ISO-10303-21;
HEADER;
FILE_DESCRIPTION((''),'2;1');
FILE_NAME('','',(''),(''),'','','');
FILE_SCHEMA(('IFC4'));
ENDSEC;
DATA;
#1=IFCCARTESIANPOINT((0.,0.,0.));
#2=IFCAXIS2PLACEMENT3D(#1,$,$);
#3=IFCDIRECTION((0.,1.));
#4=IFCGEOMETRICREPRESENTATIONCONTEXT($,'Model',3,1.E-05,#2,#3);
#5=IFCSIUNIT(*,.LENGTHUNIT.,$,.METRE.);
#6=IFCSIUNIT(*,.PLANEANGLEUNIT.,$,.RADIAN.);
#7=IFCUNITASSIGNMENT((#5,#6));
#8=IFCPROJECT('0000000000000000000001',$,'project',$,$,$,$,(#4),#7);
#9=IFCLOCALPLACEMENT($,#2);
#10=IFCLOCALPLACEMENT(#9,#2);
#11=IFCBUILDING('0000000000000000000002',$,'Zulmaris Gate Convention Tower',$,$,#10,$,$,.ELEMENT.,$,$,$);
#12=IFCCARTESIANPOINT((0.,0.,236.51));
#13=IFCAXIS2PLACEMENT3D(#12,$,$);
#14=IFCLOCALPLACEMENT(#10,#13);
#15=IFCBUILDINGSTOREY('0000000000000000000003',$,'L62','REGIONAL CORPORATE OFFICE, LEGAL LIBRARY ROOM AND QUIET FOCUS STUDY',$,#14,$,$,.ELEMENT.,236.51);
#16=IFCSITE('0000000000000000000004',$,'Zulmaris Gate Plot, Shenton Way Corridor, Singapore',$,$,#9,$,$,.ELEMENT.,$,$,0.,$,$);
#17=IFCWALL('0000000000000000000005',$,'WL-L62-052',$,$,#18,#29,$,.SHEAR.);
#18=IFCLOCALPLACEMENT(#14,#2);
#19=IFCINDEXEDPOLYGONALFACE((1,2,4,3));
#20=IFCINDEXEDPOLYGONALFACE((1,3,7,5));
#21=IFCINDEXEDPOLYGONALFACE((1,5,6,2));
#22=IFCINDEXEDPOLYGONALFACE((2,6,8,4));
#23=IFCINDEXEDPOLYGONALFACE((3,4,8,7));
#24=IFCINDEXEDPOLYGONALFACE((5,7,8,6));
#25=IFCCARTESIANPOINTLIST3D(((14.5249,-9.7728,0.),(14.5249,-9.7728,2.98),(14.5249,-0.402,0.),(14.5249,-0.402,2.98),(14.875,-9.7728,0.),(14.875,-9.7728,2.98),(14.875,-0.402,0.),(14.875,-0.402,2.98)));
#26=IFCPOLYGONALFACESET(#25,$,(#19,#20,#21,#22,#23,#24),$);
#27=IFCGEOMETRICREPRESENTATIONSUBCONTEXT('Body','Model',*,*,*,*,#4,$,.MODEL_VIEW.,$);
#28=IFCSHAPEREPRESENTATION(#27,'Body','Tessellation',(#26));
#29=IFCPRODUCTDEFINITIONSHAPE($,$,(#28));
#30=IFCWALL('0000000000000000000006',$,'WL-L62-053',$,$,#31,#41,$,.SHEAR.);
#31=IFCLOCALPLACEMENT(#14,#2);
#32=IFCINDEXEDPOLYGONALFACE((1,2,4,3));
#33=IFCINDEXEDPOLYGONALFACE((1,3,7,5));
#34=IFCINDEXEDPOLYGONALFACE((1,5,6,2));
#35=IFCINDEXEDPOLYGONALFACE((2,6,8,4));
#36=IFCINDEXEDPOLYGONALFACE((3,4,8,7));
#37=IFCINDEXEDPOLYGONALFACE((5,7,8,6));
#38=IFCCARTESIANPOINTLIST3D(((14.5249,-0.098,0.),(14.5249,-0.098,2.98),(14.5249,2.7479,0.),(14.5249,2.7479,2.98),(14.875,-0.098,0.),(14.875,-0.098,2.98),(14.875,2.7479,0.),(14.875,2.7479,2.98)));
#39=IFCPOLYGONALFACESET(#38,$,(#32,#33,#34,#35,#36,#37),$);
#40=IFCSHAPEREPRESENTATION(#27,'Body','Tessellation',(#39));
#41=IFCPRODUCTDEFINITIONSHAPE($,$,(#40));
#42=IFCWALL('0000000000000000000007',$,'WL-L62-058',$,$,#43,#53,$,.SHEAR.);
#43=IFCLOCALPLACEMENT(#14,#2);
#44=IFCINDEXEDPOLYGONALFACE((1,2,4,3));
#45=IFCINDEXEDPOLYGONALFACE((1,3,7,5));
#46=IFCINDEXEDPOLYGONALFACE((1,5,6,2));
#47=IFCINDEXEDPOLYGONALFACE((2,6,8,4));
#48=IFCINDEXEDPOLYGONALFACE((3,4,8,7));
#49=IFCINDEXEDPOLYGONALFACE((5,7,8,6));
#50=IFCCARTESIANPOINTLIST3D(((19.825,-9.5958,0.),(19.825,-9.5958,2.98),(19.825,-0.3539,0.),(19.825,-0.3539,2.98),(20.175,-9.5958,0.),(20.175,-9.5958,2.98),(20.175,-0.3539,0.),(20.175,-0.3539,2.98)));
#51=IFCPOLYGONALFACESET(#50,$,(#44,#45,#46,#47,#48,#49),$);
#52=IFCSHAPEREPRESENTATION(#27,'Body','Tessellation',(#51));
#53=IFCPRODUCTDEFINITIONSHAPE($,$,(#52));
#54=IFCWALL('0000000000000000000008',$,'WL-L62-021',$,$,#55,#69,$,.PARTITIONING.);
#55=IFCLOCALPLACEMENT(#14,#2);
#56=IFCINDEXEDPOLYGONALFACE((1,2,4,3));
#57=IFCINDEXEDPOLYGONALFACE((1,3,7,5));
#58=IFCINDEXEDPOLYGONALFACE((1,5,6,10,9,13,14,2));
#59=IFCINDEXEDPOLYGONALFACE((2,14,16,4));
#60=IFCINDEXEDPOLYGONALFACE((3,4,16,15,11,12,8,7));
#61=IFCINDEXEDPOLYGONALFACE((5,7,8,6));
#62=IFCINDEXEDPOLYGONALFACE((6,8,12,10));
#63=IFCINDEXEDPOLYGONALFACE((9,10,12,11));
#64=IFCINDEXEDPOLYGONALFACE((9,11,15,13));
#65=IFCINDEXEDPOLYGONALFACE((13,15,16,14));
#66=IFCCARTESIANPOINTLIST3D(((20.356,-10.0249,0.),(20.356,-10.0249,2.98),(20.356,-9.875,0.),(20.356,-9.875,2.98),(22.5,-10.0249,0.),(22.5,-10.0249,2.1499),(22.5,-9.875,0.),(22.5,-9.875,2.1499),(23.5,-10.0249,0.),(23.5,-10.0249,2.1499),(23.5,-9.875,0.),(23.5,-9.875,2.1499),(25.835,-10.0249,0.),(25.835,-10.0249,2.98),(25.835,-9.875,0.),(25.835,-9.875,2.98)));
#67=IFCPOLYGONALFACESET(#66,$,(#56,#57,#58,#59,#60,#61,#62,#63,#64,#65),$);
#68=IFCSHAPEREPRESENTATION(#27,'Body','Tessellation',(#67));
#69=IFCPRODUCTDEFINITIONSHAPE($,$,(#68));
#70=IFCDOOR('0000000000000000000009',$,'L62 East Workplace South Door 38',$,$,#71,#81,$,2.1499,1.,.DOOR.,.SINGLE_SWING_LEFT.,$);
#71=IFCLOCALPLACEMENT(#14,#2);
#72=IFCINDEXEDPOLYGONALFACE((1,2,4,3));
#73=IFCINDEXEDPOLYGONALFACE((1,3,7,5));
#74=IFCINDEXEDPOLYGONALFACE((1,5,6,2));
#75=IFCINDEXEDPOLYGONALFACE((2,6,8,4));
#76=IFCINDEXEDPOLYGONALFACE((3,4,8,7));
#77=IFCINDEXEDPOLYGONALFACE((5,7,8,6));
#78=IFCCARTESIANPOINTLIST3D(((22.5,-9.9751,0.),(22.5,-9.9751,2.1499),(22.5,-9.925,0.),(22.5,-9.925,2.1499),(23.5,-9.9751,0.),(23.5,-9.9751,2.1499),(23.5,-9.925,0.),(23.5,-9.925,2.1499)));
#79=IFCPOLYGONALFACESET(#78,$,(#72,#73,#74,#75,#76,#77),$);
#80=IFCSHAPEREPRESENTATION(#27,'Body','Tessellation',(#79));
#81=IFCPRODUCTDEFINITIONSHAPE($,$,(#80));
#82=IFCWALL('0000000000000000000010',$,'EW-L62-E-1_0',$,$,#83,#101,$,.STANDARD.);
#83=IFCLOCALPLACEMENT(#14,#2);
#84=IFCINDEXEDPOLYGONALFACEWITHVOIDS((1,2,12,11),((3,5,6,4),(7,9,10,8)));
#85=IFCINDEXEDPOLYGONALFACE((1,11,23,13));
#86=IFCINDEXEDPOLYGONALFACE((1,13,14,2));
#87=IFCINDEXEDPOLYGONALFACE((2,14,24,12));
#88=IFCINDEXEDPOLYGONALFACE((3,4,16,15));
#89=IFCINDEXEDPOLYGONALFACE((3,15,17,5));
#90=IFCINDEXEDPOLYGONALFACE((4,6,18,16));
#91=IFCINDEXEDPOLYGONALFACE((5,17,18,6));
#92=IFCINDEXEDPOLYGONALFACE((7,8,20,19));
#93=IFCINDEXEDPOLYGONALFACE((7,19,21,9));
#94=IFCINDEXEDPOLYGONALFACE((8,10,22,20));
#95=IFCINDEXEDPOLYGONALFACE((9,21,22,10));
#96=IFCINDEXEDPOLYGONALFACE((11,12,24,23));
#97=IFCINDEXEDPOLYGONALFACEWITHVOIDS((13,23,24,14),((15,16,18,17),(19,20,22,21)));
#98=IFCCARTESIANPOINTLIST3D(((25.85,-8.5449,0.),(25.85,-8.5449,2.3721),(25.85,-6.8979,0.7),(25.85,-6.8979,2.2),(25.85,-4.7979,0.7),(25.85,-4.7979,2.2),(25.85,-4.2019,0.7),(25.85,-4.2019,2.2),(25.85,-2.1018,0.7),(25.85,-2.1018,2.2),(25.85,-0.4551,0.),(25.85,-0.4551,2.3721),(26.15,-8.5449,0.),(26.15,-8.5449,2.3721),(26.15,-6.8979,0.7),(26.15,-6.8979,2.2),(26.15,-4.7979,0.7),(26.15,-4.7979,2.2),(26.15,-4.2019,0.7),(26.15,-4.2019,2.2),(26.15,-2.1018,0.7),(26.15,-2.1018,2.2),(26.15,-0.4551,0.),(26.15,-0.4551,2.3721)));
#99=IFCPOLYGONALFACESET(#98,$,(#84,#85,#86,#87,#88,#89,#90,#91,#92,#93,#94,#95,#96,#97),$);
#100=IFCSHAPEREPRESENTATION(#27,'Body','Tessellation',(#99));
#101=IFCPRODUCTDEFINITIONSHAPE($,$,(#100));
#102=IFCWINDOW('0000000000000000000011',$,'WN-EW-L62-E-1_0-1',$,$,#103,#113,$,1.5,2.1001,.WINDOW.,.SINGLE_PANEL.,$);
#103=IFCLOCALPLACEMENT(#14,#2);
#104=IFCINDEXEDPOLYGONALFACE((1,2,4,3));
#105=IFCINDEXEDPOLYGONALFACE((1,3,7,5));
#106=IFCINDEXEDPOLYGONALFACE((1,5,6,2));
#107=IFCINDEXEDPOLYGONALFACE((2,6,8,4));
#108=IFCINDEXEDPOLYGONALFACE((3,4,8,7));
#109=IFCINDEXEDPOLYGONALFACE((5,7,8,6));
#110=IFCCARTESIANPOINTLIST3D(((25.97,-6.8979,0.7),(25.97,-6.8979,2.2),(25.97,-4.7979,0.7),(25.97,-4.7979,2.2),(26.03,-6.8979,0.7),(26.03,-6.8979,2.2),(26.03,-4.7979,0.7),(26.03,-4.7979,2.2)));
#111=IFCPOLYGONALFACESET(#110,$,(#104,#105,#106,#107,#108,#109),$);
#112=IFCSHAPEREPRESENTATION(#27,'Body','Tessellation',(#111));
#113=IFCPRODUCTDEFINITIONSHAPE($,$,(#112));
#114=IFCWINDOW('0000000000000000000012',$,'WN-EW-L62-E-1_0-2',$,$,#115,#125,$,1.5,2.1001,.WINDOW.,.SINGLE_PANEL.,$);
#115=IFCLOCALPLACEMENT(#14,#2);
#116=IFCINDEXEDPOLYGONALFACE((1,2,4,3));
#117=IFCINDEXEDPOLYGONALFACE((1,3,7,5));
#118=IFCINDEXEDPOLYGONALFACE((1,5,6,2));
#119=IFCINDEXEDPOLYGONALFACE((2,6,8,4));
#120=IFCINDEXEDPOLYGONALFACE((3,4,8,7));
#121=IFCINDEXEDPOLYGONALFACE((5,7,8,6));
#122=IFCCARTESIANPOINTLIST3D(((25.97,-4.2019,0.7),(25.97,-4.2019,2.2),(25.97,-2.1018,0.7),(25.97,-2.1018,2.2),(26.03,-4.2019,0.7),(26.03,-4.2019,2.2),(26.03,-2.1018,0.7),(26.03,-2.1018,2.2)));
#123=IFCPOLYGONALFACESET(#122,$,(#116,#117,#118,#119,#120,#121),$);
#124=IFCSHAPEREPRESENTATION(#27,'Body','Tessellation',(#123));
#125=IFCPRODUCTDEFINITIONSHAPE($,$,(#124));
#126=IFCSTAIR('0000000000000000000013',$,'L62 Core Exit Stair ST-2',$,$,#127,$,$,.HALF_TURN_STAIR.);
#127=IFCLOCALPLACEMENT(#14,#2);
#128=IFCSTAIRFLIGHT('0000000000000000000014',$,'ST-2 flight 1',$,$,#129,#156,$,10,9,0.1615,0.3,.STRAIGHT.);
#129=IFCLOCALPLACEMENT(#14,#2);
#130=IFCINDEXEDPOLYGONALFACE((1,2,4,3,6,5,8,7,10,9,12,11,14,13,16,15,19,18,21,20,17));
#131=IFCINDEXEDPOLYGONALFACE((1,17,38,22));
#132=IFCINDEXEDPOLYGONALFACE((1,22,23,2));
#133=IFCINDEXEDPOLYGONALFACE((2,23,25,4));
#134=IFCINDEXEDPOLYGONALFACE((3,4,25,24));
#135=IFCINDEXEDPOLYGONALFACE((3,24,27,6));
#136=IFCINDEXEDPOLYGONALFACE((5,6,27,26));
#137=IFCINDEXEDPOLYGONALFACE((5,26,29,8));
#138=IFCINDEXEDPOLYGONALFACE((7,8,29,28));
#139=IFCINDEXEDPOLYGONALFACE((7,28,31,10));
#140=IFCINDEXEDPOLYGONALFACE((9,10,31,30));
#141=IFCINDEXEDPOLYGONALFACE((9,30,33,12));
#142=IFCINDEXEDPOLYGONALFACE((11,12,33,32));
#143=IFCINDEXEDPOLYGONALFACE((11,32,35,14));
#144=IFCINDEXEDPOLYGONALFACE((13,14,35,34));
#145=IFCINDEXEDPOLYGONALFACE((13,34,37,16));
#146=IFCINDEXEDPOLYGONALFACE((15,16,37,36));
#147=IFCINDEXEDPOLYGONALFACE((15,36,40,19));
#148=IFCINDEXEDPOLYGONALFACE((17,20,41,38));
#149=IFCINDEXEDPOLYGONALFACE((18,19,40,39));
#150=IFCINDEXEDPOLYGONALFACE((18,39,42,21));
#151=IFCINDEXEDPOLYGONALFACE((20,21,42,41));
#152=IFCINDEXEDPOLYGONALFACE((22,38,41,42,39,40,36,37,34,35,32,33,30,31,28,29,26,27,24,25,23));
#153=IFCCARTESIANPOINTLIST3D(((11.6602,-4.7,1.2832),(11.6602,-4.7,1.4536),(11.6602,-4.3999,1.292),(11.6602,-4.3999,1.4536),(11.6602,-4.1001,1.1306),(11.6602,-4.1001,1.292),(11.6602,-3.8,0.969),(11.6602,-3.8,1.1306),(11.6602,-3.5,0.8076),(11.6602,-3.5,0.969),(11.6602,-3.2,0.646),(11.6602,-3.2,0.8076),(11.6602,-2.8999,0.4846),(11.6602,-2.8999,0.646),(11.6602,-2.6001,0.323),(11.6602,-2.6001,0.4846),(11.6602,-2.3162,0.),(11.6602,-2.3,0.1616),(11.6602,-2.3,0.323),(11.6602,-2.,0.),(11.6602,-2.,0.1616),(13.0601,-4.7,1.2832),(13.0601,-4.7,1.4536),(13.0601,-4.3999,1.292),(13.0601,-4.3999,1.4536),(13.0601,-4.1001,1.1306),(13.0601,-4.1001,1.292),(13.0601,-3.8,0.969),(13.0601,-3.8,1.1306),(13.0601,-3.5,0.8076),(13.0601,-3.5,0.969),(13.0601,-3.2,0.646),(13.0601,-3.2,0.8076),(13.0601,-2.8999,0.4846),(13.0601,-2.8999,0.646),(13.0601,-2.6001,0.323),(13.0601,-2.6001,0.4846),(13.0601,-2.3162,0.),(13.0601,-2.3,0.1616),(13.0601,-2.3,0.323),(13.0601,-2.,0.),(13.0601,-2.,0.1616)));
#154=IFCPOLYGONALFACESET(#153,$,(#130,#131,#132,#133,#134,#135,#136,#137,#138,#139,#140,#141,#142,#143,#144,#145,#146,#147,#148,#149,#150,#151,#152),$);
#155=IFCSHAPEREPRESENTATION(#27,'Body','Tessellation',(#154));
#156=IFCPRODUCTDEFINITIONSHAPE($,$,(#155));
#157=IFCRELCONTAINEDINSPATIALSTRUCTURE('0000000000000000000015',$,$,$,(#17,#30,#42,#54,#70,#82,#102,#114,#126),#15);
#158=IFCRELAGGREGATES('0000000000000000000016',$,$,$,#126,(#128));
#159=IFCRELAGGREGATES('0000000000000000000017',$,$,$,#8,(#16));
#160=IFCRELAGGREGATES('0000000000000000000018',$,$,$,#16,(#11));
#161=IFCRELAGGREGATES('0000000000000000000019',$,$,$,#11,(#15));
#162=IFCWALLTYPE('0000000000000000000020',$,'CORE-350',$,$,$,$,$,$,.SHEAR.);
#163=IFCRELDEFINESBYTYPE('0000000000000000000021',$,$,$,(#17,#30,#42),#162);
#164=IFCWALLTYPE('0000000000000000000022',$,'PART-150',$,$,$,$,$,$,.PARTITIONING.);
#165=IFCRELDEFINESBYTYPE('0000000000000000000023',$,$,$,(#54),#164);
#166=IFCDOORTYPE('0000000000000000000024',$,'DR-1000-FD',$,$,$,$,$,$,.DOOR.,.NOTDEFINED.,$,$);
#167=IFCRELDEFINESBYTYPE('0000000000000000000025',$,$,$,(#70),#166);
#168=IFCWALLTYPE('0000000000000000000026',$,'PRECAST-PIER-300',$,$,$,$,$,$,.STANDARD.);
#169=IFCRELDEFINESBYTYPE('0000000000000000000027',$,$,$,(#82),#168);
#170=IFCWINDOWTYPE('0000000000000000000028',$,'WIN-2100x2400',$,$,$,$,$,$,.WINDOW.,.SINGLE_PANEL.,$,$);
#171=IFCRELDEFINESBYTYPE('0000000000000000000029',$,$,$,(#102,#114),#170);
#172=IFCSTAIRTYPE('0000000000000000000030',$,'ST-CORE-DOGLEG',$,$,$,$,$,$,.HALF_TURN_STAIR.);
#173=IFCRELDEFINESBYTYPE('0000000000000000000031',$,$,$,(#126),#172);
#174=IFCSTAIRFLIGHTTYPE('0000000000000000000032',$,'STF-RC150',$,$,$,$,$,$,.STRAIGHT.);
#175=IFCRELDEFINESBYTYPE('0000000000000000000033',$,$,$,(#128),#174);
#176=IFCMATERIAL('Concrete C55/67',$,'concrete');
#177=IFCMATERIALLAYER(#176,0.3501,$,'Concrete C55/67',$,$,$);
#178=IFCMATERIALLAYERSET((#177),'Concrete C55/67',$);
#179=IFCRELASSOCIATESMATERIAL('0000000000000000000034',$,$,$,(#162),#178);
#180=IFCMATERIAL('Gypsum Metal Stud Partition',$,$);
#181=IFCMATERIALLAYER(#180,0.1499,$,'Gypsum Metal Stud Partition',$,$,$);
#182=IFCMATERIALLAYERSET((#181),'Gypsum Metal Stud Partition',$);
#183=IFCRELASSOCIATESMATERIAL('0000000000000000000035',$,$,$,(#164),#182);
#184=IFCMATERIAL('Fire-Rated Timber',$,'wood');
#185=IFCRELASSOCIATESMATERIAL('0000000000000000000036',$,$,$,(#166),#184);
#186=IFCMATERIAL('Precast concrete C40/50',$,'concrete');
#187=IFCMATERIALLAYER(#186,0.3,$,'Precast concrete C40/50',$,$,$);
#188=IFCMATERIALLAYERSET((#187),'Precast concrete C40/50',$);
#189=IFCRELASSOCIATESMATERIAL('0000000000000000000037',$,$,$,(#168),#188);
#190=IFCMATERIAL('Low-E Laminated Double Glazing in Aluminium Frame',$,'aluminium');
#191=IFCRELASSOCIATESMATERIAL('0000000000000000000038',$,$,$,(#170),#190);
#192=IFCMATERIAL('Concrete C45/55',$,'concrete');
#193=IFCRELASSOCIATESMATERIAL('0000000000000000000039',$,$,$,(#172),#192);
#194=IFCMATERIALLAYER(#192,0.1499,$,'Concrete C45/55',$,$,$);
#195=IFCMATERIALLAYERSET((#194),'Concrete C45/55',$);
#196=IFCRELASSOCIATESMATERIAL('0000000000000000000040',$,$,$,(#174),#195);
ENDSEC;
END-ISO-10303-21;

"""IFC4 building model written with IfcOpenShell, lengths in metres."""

from ifc_helpers import new_model, si_unit, direction, frame, frame_2d, origin, place, context, subcontext, project, spatial, polyline, rectangle, outline, extrude, material, layer, layer_set, type_object, element, fill, aggregate, save


model = new_model("IFC4")

# Units and contexts
model_context = context("Model", 3, precision=1e-05, world=origin(), true_north=direction((0.0, 1.0)))
body_context = subcontext(model_context, "Body", "Model", "MODEL_VIEW")
ifc_project = project(units=[si_unit("LENGTHUNIT", "METRE"), si_unit("PLANEANGLEUNIT", "RADIAN")], contexts=[model_context])

# Site, building, storey
site_placement = place(None, origin())
site = spatial("IfcSite", under=ifc_project, at=site_placement, Name="Zulmaris Gate Plot, Shenton Way Corridor, Singapore", CompositionType="ELEMENT", RefElevation=0.0)
building_placement = place(site_placement, origin())
building = spatial("IfcBuilding", under=site, at=building_placement, Name="Zulmaris Gate Convention Tower", CompositionType="ELEMENT")
storey_placement = place(building_placement, frame((0.0, 0.0, 236.51)))
storey = spatial("IfcBuildingStorey", under=building, at=storey_placement, Name="L62", Description="REGIONAL CORPORATE OFFICE, LEGAL LIBRARY ROOM AND QUIET FOCUS STUDY", CompositionType="ELEMENT", Elevation=236.51)

# Walls
ifc_material_1 = material(Name="Concrete C55/67", Category="concrete")
ifc_layer_1 = layer(ifc_material_1, 0.3501, Name="Concrete C55/67")
ifc_layer_set_1 = layer_set([ifc_layer_1], Name="Concrete C55/67")
wall_type_1 = type_object("IfcWallType", Name="CORE-350", PredefinedType="SHEAR", material=ifc_layer_set_1)
wall_1_placement = place(storey_placement, frame((14.7, -9.7729, 0.0), z_axis=(0.0, 0.0, 1.0), x_axis=(0.0, 1.0, 0.0)))
element("IfcWall", 1, at=wall_1_placement, inside=storey, type_object=wall_type_1, Name="WL-L62-052", PredefinedType="SHEAR", context=body_context, shape_type="SweptSolid", body=[
    extrude(rectangle(XDim=9.3708, YDim=0.3501, at=frame_2d((4.6855, 0.0))), origin(), (0.0, 0.0, 1.0), 2.98),
])
wall_2_placement = place(storey_placement, frame((14.7, -0.0979, 0.0), z_axis=(0.0, 0.0, 1.0), x_axis=(0.0, 1.0, 0.0)))
element("IfcWall", 2, at=wall_2_placement, inside=storey, type_object=wall_type_1, Name="WL-L62-053", PredefinedType="SHEAR", context=body_context, shape_type="SweptSolid", body=[
    extrude(rectangle(XDim=2.8459, YDim=0.3501, at=frame_2d((1.4229, 0.0))), origin(), (0.0, 0.0, 1.0), 2.98),
])
wall_3_placement = place(storey_placement, frame((20.0, -9.5959, 0.0), z_axis=(0.0, 0.0, 1.0), x_axis=(0.0, 1.0, 0.0)))
element("IfcWall", 3, at=wall_3_placement, inside=storey, type_object=wall_type_1, Name="WL-L62-058", PredefinedType="SHEAR", context=body_context, shape_type="SweptSolid", body=[
    extrude(rectangle(XDim=9.2419, YDim=0.3501, at=frame_2d((4.6211, 0.0))), origin(), (0.0, 0.0, 1.0), 2.98),
])

# Wall, opening, door
ifc_material_2 = material(Name="Gypsum Metal Stud Partition")
ifc_layer_2 = layer(ifc_material_2, 0.1499, Name="Gypsum Metal Stud Partition")
ifc_layer_set_2 = layer_set([ifc_layer_2], Name="Gypsum Metal Stud Partition")
wall_type_2 = type_object("IfcWallType", Name="PART-150", PredefinedType="PARTITIONING", material=ifc_layer_set_2)
wall_4_placement = place(storey_placement, frame((20.356, -9.95, 0.0), z_axis=(0.0, 0.0, 1.0), x_axis=(1.0, 0.0, 0.0)))
wall_4 = element("IfcWall", 4, at=wall_4_placement, inside=storey, type_object=wall_type_2, Name="WL-L62-021", PredefinedType="PARTITIONING", context=body_context, shape_type="SweptSolid", body=[
    extrude(rectangle(XDim=5.479, YDim=0.1499, at=frame_2d((2.7395, 0.0))), origin(), (0.0, 0.0, 1.0), 2.98),
])
opening_1_placement = place(wall_4_placement, frame((2.144, 0.0, 0.0)))
opening_1 = element("IfcOpeningElement", 5, at=opening_1_placement, cuts=wall_4, PredefinedType="OPENING", context=body_context, shape_type="SweptSolid", body=[
    extrude(rectangle(XDim=1.0, YDim=2.1499, at=frame_2d((0.5, 1.075))), frame((0.0, 0.085, 0.0), z_axis=(0.0, -1.0, 0.0), x_axis=(1.0, 0.0, 0.0)), (0.0, 0.0, 1.0), 0.1699),
])
ifc_material_3 = material(Name="Fire-Rated Timber", Category="wood")
door_type = type_object("IfcDoorType", Name="DR-1000-FD", OperationType="NOTDEFINED", PredefinedType="DOOR", material=ifc_material_3)
door_placement = place(opening_1_placement, origin())
door = element("IfcDoor", 6, at=door_placement, inside=storey, type_object=door_type, Name="L62 East Workplace South Door 38", OperationType="SINGLE_SWING_LEFT", OverallHeight=2.1499, OverallWidth=1.0, PredefinedType="DOOR", context=body_context, shape_type="SweptSolid", body=[
    extrude(rectangle(XDim=1.0, YDim=2.1499, at=frame_2d((0.5, 1.075))), frame((0.0, 0.0249, 0.0), z_axis=(0.0, -1.0, 0.0), x_axis=(1.0, 0.0, 0.0)), (0.0, 0.0, 1.0), 0.05),
])
fill(opening_1, door)

# Wall, openings, windows
ifc_material_4 = material(Name="Precast concrete C40/50", Category="concrete")
ifc_layer_3 = layer(ifc_material_4, 0.3, Name="Precast concrete C40/50")
ifc_layer_set_3 = layer_set([ifc_layer_3], Name="Precast concrete C40/50")
wall_type_3 = type_object("IfcWallType", Name="PRECAST-PIER-300", PredefinedType="STANDARD", material=ifc_layer_set_3)
wall_5_placement = place(storey_placement, frame((26.0, -8.5449, 0.0), z_axis=(0.0, 0.0, 1.0), x_axis=(0.0, 1.0, 0.0)))
wall_5 = element("IfcWall", 7, at=wall_5_placement, inside=storey, type_object=wall_type_3, Name="EW-L62-E-1_0", PredefinedType="STANDARD", context=body_context, shape_type="SweptSolid", body=[
    extrude(rectangle(XDim=8.0898, YDim=0.3, at=frame_2d((4.0449, 0.0))), origin(), (0.0, 0.0, 1.0), 2.3721),
])
opening_2_placement = place(wall_5_placement, frame((1.647, 0.0, 0.7)))
opening_2 = element("IfcOpeningElement", 8, at=opening_2_placement, cuts=wall_5, PredefinedType="OPENING", context=body_context, shape_type="SweptSolid", body=[
    extrude(rectangle(XDim=2.1001, YDim=1.5, at=frame_2d((1.05, 0.75))), frame((0.0, 0.1602, 0.0), z_axis=(0.0, -1.0, 0.0), x_axis=(1.0, 0.0, 0.0)), (0.0, 0.0, 1.0), 0.3201),
])
opening_3_placement = place(wall_5_placement, frame((4.343, 0.0, 0.7)))
opening_3 = element("IfcOpeningElement", 9, at=opening_3_placement, cuts=wall_5, PredefinedType="OPENING", context=body_context, shape_type="SweptSolid", body=[
    extrude(rectangle(XDim=2.1001, YDim=1.5, at=frame_2d((1.05, 0.75))), frame((0.0, 0.1602, 0.0), z_axis=(0.0, -1.0, 0.0), x_axis=(1.0, 0.0, 0.0)), (0.0, 0.0, 1.0), 0.3201),
])
ifc_material_5 = material(Name="Low-E Laminated Double Glazing in Aluminium Frame", Category="aluminium")
window_type = type_object("IfcWindowType", Name="WIN-2100x2400", PartitioningType="SINGLE_PANEL", PredefinedType="WINDOW", material=ifc_material_5)
window_1_placement = place(opening_2_placement, origin())
window_1 = element("IfcWindow", 10, at=window_1_placement, inside=storey, type_object=window_type, Name="WN-EW-L62-E-1_0-1", OverallHeight=1.5, OverallWidth=2.1001, PartitioningType="SINGLE_PANEL", PredefinedType="WINDOW", context=body_context, shape_type="SweptSolid", body=[
    extrude(rectangle(XDim=2.1001, YDim=1.5, at=frame_2d((1.05, 0.75))), frame((0.0, 0.03, 0.0), z_axis=(0.0, -1.0, 0.0), x_axis=(1.0, 0.0, 0.0)), (0.0, 0.0, 1.0), 0.0601),
])
fill(opening_2, window_1)
window_2_placement = place(opening_3_placement, origin())
window_2 = element("IfcWindow", 11, at=window_2_placement, inside=storey, type_object=window_type, Name="WN-EW-L62-E-1_0-2", OverallHeight=1.5, OverallWidth=2.1001, PartitioningType="SINGLE_PANEL", PredefinedType="WINDOW", context=body_context, shape_type="SweptSolid", body=[
    extrude(rectangle(XDim=2.1001, YDim=1.5, at=frame_2d((1.05, 0.75))), frame((0.0, 0.03, 0.0), z_axis=(0.0, -1.0, 0.0), x_axis=(1.0, 0.0, 0.0)), (0.0, 0.0, 1.0), 0.0601),
])
fill(opening_3, window_2)

# Stair, stair flight
ifc_material_6 = material(Name="Concrete C45/55", Category="concrete")
stair_type = type_object("IfcStairType", Name="ST-CORE-DOGLEG", PredefinedType="HALF_TURN_STAIR", material=ifc_material_6)
stair_placement = place(storey_placement, origin())
stair = element("IfcStair", 12, at=stair_placement, inside=storey, type_object=stair_type, Name="L62 Core Exit Stair ST-2", PredefinedType="HALF_TURN_STAIR")
ifc_layer_4 = layer(ifc_material_6, 0.1499, Name="Concrete C45/55")
ifc_layer_set_4 = layer_set([ifc_layer_4], Name="Concrete C45/55")
stair_flight_type = type_object("IfcStairFlightType", Name="STF-RC150", PredefinedType="STRAIGHT", material=ifc_layer_set_4)
stair_flight_1_placement = place(storey_placement, frame((12.3601, -2.0, 0.0), z_axis=(0.0, 0.0, 1.0), x_axis=(0.0, -1.0, 0.0)))
stair_flight_1 = element("IfcStairFlight", 13, at=stair_flight_1_placement, type_object=stair_flight_type, Name="ST-2 flight 1", NumberOfRisers=10, NumberOfTreads=9, PredefinedType="STRAIGHT", RiserHeight=0.1615, TreadLength=0.3, context=body_context, shape_type="SweptSolid", body=[
    extrude(outline(polyline([(0.0, 0.0), (0.0, 0.1616), (0.3, 0.1616), (0.3, 0.323), (0.6001, 0.323), (0.6001, 0.4846), (0.8999, 0.4846), (0.8999, 0.646), (1.2, 0.646), (1.2, 0.8076), (1.5, 0.8076), (1.5, 0.969), (1.8, 0.969), (1.8, 1.1306), (2.1001, 1.1306), (2.1001, 1.292), (2.3999, 1.292), (2.3999, 1.4536), (2.7, 1.4536), (2.7, 1.615), (2.7, 1.2832), (0.3162, 0.0), (0.0, 0.0)])), frame((0.0, 0.7, 0.0), z_axis=(0.0, -1.0, 0.0), x_axis=(1.0, 0.0, 0.0)), (0.0, 0.0, 1.0), 1.3999),
])
aggregate(stair, [stair_flight_1])

save(model, "model.ifc")
